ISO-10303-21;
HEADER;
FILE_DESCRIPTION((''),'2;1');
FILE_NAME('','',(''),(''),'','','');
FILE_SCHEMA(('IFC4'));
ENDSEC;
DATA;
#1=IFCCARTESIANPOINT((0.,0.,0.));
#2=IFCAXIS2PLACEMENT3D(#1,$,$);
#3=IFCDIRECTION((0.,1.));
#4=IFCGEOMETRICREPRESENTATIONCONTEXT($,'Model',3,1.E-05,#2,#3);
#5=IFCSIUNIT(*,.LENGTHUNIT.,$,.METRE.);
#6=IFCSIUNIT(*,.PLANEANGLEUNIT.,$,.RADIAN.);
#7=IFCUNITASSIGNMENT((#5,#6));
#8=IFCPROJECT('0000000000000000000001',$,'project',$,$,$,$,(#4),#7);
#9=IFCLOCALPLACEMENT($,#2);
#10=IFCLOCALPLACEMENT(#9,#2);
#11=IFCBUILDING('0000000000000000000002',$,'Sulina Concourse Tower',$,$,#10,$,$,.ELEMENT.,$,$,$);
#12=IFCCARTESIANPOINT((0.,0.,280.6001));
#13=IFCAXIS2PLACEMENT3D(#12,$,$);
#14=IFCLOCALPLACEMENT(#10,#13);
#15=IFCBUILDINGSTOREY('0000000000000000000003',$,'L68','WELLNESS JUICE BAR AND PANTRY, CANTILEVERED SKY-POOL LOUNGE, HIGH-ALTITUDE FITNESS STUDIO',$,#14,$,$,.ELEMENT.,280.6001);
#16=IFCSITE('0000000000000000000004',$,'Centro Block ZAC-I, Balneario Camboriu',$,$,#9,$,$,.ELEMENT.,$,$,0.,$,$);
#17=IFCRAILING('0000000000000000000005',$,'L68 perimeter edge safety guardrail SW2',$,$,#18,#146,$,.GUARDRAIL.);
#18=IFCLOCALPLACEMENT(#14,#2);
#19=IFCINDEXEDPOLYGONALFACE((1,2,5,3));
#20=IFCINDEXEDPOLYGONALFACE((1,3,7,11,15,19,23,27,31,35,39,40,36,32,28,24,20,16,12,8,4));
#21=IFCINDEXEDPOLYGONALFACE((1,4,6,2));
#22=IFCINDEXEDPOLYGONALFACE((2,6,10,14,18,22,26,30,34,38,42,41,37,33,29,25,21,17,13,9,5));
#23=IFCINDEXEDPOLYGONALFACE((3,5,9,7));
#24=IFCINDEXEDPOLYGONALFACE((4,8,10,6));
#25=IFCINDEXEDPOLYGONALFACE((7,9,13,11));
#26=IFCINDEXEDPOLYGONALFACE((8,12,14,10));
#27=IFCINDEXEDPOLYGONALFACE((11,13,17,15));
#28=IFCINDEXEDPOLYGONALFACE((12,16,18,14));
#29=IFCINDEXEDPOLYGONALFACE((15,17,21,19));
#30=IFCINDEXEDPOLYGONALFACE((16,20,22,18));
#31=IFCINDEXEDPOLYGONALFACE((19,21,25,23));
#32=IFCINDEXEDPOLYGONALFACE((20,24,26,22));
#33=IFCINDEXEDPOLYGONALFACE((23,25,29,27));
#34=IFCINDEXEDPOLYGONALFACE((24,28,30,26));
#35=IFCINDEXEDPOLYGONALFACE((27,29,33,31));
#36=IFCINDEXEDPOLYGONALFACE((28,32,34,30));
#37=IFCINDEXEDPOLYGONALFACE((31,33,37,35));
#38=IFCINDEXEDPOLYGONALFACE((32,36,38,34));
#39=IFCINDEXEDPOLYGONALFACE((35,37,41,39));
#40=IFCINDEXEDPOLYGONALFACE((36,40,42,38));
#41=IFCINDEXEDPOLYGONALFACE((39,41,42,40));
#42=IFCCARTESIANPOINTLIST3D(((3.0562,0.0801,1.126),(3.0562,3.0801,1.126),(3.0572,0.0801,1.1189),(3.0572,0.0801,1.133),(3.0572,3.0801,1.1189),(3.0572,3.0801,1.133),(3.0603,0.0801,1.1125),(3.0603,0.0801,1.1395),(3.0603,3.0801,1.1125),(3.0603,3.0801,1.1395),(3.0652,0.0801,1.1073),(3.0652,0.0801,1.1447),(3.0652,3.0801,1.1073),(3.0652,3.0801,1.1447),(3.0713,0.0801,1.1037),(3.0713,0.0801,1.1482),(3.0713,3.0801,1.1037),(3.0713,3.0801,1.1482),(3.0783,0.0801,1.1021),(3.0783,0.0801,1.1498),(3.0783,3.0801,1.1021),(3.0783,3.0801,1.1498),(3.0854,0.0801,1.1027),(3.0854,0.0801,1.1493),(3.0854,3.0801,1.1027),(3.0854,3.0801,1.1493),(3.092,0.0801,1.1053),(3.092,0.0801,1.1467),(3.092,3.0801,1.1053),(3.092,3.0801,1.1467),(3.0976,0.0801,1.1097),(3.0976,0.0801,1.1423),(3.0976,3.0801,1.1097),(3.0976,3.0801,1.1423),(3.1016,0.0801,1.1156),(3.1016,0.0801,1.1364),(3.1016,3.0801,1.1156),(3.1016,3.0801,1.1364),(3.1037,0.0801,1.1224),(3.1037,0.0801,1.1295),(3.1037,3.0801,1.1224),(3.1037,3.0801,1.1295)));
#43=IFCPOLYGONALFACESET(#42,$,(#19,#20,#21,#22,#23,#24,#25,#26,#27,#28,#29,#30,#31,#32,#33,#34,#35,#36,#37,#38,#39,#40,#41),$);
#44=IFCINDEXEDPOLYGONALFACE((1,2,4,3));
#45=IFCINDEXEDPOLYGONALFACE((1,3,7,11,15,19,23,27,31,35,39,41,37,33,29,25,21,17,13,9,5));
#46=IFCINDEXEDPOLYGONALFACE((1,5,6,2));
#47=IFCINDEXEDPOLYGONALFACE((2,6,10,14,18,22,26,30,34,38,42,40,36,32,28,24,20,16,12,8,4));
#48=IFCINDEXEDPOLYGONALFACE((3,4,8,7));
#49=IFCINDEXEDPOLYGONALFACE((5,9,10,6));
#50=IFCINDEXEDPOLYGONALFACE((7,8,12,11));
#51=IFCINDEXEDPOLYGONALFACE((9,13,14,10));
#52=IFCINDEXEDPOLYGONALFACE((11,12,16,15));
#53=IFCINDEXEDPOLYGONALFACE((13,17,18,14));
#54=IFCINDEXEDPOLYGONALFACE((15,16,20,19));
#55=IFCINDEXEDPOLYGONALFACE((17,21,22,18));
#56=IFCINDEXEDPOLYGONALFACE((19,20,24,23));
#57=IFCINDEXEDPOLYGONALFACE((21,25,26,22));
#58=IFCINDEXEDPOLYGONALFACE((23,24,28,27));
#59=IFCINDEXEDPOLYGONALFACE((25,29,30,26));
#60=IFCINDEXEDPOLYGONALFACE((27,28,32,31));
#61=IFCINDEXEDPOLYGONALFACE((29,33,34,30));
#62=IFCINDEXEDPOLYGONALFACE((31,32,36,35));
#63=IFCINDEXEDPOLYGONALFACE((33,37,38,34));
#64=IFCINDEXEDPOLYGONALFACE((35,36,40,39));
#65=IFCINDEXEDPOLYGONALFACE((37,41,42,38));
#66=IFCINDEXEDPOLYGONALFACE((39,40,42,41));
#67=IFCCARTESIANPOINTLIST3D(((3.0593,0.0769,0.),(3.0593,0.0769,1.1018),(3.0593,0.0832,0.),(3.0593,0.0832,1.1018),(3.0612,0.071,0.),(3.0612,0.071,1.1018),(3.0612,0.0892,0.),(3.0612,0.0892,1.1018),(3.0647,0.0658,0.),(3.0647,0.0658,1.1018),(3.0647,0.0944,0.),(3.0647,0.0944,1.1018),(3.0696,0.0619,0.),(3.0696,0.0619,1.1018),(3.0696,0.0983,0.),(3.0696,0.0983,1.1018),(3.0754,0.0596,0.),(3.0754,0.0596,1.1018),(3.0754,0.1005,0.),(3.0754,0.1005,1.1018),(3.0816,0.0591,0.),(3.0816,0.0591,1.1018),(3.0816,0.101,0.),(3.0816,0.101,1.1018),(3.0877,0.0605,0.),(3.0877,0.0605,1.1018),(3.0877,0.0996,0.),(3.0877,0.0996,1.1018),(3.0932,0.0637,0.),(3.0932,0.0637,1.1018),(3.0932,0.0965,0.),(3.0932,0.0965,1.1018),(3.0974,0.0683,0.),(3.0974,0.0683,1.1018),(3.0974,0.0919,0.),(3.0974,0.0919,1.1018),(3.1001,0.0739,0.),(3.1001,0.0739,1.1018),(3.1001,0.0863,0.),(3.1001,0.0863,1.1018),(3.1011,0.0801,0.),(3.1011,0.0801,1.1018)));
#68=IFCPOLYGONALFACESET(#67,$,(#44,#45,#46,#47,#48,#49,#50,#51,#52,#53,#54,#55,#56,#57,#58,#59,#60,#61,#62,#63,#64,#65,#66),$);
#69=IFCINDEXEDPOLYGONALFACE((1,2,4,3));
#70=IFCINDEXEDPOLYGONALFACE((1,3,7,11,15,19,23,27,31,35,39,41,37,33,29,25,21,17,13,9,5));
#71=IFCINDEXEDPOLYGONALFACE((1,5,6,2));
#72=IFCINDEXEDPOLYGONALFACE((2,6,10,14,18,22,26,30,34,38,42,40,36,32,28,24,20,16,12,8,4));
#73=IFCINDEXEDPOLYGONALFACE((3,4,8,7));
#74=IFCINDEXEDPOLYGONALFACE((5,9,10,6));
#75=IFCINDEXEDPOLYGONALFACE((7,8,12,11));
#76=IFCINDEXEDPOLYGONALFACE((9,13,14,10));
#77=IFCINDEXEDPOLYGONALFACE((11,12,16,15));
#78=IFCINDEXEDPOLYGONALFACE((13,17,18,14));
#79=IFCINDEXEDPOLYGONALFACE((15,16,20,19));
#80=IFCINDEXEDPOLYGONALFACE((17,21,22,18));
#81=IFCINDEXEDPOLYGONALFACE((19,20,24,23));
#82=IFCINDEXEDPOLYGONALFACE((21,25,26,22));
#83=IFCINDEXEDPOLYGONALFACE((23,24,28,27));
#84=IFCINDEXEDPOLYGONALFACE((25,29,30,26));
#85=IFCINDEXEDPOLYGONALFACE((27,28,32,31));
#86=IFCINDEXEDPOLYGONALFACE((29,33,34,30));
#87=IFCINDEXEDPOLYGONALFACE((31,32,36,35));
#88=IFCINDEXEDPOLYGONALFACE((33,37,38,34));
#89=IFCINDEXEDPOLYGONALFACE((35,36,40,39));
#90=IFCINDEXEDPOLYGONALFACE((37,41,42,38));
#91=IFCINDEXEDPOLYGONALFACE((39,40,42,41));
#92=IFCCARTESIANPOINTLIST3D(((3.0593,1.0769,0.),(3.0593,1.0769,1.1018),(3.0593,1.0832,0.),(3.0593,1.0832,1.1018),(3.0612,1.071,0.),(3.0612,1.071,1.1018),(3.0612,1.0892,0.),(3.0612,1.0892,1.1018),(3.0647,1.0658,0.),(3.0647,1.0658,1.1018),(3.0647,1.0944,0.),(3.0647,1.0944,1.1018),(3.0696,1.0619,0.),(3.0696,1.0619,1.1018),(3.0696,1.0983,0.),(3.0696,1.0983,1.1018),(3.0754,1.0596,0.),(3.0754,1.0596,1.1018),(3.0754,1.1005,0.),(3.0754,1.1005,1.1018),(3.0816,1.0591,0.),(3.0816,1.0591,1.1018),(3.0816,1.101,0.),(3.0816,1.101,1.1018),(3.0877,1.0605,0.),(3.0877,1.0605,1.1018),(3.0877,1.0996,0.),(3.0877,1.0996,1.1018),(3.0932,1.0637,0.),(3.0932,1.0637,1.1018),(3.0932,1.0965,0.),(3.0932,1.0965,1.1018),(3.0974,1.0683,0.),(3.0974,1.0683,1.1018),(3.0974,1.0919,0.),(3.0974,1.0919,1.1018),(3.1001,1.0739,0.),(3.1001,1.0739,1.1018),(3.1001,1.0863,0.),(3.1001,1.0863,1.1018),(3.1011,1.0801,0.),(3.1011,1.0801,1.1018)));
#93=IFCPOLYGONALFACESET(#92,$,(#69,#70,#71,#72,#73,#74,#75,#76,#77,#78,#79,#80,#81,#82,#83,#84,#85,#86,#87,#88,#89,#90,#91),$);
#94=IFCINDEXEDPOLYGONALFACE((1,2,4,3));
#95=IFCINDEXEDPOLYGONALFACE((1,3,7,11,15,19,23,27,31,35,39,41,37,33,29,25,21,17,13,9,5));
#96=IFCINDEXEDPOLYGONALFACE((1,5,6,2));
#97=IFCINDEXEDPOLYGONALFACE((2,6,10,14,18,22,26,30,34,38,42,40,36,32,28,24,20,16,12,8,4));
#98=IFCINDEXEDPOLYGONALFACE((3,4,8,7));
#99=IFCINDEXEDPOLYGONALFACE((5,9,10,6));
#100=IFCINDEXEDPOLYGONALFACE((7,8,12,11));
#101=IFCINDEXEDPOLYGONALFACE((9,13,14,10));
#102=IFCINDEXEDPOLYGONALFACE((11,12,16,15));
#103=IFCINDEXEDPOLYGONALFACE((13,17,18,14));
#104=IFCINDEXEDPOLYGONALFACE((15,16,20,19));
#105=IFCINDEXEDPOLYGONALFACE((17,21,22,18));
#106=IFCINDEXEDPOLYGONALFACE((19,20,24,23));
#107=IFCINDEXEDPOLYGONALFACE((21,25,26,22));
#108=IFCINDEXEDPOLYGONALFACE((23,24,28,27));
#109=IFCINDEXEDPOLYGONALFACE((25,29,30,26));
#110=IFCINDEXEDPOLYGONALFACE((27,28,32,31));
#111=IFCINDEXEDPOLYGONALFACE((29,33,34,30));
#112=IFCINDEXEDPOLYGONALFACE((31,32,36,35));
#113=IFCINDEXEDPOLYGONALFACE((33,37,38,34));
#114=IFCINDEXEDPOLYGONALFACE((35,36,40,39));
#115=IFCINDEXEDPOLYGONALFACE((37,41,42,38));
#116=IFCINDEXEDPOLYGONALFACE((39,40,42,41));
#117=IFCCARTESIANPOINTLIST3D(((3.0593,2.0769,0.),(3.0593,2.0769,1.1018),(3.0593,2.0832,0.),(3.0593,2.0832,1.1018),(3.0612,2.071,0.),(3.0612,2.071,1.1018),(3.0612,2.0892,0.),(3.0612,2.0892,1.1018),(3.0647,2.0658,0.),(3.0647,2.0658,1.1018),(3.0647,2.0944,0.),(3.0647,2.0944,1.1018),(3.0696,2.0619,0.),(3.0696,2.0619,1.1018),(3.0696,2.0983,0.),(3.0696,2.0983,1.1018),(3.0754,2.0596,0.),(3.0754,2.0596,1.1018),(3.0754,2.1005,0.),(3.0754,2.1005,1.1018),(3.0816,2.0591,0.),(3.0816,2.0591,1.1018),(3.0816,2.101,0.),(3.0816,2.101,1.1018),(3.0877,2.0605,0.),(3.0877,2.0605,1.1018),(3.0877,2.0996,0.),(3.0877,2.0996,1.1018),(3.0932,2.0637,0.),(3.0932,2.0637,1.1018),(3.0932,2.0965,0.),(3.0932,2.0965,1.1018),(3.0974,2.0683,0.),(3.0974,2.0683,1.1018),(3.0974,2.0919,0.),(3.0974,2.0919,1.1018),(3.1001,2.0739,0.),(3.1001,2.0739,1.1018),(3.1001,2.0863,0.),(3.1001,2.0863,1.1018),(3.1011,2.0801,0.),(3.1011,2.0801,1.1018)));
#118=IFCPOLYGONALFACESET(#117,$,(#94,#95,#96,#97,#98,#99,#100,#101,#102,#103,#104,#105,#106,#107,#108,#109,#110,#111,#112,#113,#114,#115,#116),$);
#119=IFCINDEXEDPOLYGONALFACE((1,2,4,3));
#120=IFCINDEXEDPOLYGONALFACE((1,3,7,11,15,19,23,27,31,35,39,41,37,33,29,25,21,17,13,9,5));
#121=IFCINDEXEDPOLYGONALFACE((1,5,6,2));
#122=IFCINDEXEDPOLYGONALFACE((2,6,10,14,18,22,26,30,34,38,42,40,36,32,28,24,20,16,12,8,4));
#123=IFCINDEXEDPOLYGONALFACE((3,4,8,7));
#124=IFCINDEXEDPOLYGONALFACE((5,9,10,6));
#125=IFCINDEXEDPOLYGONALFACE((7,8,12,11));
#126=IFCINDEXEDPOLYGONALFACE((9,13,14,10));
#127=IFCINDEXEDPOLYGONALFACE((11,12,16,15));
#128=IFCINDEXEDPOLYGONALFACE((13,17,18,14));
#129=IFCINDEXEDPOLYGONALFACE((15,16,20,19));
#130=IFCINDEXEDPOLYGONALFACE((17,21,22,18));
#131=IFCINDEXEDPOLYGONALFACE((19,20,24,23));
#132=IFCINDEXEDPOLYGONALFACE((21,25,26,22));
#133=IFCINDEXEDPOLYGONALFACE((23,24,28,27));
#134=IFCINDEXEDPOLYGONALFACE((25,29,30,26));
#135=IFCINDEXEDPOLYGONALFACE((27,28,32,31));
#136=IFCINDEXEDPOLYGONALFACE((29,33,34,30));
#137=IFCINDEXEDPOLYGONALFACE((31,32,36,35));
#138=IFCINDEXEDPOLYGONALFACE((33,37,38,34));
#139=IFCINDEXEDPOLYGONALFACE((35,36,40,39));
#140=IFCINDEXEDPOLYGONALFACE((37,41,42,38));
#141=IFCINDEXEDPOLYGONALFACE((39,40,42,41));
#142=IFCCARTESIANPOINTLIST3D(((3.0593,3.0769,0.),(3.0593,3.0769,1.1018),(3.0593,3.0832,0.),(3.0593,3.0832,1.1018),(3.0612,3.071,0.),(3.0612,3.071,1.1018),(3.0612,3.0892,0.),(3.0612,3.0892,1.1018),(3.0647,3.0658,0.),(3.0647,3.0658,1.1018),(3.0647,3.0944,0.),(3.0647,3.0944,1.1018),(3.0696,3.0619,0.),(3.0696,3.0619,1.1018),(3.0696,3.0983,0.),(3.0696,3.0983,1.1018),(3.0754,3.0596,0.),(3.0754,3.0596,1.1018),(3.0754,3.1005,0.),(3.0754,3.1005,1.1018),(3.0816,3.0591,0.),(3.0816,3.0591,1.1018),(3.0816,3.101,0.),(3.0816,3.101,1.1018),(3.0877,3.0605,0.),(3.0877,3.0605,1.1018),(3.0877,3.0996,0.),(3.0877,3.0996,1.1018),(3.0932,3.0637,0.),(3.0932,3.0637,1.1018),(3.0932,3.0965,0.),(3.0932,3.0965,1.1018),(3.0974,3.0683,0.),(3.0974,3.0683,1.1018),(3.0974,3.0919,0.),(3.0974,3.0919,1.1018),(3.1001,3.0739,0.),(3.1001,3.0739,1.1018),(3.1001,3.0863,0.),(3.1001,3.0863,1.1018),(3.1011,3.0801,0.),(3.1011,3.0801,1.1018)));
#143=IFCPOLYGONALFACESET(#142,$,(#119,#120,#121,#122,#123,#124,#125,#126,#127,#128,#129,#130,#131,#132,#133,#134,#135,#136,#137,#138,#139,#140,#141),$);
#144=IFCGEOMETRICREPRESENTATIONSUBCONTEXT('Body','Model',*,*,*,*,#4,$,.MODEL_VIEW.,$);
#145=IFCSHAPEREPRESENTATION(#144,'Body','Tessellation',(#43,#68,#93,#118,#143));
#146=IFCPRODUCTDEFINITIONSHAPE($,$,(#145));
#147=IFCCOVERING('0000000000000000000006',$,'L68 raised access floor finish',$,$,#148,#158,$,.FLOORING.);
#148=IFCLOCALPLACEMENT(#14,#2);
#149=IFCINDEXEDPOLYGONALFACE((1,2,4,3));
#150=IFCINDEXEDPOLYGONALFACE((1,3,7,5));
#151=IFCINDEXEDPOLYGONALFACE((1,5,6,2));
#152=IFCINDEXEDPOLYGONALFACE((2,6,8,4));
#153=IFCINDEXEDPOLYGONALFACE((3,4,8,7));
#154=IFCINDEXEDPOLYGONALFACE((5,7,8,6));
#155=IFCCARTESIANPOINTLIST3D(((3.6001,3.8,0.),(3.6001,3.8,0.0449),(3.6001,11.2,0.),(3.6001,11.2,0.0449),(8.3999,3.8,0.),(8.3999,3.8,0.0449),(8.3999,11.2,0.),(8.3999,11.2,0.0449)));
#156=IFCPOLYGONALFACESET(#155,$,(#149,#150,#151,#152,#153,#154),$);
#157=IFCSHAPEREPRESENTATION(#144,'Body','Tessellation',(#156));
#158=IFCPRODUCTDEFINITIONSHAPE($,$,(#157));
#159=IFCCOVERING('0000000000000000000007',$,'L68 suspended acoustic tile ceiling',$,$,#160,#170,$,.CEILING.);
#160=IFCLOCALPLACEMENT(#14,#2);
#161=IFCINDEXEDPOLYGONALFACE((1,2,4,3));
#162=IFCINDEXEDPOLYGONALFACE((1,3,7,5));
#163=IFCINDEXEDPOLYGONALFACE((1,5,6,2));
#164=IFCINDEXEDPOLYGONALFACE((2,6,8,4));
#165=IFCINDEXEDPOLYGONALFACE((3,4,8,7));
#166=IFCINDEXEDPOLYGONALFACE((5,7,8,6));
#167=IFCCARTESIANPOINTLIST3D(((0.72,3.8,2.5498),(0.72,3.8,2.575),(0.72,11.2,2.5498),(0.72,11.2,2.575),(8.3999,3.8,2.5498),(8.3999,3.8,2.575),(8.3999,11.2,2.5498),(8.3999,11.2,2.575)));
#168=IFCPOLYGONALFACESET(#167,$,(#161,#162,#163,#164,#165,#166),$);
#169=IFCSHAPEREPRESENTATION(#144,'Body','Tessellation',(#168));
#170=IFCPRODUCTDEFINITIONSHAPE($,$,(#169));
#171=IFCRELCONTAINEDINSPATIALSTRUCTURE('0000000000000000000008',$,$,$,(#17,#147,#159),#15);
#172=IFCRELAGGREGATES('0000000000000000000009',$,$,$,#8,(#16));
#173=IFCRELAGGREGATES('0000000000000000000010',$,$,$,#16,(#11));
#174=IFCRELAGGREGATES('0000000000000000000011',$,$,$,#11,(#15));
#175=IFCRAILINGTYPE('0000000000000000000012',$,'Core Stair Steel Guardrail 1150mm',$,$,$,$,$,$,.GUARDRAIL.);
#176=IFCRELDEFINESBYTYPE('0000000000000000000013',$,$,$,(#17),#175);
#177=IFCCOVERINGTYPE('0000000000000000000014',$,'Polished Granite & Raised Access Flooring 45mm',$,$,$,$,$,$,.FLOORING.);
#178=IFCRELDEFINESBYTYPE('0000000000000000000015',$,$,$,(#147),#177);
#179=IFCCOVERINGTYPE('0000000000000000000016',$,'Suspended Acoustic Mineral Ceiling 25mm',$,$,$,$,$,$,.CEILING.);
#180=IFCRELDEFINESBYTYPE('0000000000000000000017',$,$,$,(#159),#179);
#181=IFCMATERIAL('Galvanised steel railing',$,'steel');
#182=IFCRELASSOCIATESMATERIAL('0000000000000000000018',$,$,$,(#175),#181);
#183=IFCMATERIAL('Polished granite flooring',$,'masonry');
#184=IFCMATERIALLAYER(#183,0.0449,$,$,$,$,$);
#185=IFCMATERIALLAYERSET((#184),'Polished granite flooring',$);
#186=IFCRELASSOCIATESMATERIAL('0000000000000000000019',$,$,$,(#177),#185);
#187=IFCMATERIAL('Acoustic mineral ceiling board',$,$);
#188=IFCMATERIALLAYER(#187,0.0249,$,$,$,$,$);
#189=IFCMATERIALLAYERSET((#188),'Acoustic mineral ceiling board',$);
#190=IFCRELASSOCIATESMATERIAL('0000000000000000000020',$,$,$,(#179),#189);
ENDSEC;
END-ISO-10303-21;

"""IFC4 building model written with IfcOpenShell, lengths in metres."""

from ifc_helpers import new_model, si_unit, direction, frame, origin, origin_2d, place, context, subcontext, project, spatial, polyline, circle, outline, extrude, material, layer, layer_set, type_object, element, save


model = new_model("IFC4")

# Units and contexts
model_context = context("Model", 3, precision=1e-05, world=origin(), true_north=direction((0.0, 1.0)))
body_context = subcontext(model_context, "Body", "Model", "MODEL_VIEW")
ifc_project = project(units=[si_unit("LENGTHUNIT", "METRE"), si_unit("PLANEANGLEUNIT", "RADIAN")], contexts=[model_context])

# Site, building, storey
site_placement = place(None, origin())
site = spatial("IfcSite", under=ifc_project, at=site_placement, Name="Centro Block ZAC-I, Balneario Camboriu", CompositionType="ELEMENT", RefElevation=0.0)
building_placement = place(site_placement, origin())
building = spatial("IfcBuilding", under=site, at=building_placement, Name="Sulina Concourse Tower", CompositionType="ELEMENT")
storey_placement = place(building_placement, frame((0.0, 0.0, 280.6001)))
storey = spatial("IfcBuildingStorey", under=building, at=storey_placement, Name="L68", Description="WELLNESS JUICE BAR AND PANTRY, CANTILEVERED SKY-POOL LOUNGE, HIGH-ALTITUDE FITNESS STUDIO", CompositionType="ELEMENT", Elevation=280.6001)

# Railing
ifc_material_1 = material(Name="Galvanised steel railing", Category="steel")
railing_type = type_object("IfcRailingType", Name="Core Stair Steel Guardrail 1150mm", PredefinedType="GUARDRAIL", material=ifc_material_1)
railing_1_placement = place(storey_placement, frame((3.0801, 0.0801, 0.0)))
element("IfcRailing", 1, at=railing_1_placement, inside=storey, type_object=railing_type, Name="L68 perimeter edge safety guardrail SW2", PredefinedType="GUARDRAIL", context=body_context, shape_type="SweptSolid", body=[
    extrude(circle(Radius=0.0239, at=origin_2d()), frame((0.0, 0.0, 1.126), z_axis=(0.0, 1.0, 0.0), x_axis=(-1.0, 0.0, 0.0)), (0.0, 0.0, 1.0), 3.0),
    extrude(circle(Radius=0.021, at=origin_2d()), origin(), (0.0, 0.0, 1.0), 1.1018),
    extrude(circle(Radius=0.021, at=origin_2d()), frame((0.0, 1.0, 0.0)), (0.0, 0.0, 1.0), 1.1018),
    extrude(circle(Radius=0.021, at=origin_2d()), frame((0.0, 2.0, 0.0)), (0.0, 0.0, 1.0), 1.1018),
    extrude(circle(Radius=0.021, at=origin_2d()), frame((0.0, 3.0, 0.0)), (0.0, 0.0, 1.0), 1.1018),
])

# Coverings
ifc_material_2 = material(Name="Polished granite flooring", Category="masonry")
ifc_layer_1 = layer(ifc_material_2, 0.0449)
ifc_layer_set_1 = layer_set([ifc_layer_1], Name="Polished granite flooring")
covering_type_1 = type_object("IfcCoveringType", Name="Polished Granite & Raised Access Flooring 45mm", PredefinedType="FLOORING", material=ifc_layer_set_1)
covering_1_placement = place(storey_placement, origin())
element("IfcCovering", 2, at=covering_1_placement, inside=storey, type_object=covering_type_1, Name="L68 raised access floor finish", PredefinedType="FLOORING", context=body_context, shape_type="SweptSolid", body=[
    extrude(outline(polyline([(3.6001, 3.8), (8.3999, 3.8), (8.3999, 11.2), (3.6001, 11.2), (3.6001, 3.8)])), origin(), (0.0, 0.0, 1.0), 0.0449),
])
ifc_material_3 = material(Name="Acoustic mineral ceiling board")
ifc_layer_2 = layer(ifc_material_3, 0.0249)
ifc_layer_set_2 = layer_set([ifc_layer_2], Name="Acoustic mineral ceiling board")
covering_type_2 = type_object("IfcCoveringType", Name="Suspended Acoustic Mineral Ceiling 25mm", PredefinedType="CEILING", material=ifc_layer_set_2)
covering_2_placement = place(storey_placement, frame((0.0, 0.0, 2.5498)))
element("IfcCovering", 3, at=covering_2_placement, inside=storey, type_object=covering_type_2, Name="L68 suspended acoustic tile ceiling", PredefinedType="CEILING", context=body_context, shape_type="SweptSolid", body=[
    extrude(outline(polyline([(0.72, 3.8), (8.3999, 3.8), (8.3999, 11.2), (0.72, 11.2), (0.72, 3.8)])), origin(), (0.0, 0.0, 1.0), 0.0251),
])

save(model, "model.ifc")
